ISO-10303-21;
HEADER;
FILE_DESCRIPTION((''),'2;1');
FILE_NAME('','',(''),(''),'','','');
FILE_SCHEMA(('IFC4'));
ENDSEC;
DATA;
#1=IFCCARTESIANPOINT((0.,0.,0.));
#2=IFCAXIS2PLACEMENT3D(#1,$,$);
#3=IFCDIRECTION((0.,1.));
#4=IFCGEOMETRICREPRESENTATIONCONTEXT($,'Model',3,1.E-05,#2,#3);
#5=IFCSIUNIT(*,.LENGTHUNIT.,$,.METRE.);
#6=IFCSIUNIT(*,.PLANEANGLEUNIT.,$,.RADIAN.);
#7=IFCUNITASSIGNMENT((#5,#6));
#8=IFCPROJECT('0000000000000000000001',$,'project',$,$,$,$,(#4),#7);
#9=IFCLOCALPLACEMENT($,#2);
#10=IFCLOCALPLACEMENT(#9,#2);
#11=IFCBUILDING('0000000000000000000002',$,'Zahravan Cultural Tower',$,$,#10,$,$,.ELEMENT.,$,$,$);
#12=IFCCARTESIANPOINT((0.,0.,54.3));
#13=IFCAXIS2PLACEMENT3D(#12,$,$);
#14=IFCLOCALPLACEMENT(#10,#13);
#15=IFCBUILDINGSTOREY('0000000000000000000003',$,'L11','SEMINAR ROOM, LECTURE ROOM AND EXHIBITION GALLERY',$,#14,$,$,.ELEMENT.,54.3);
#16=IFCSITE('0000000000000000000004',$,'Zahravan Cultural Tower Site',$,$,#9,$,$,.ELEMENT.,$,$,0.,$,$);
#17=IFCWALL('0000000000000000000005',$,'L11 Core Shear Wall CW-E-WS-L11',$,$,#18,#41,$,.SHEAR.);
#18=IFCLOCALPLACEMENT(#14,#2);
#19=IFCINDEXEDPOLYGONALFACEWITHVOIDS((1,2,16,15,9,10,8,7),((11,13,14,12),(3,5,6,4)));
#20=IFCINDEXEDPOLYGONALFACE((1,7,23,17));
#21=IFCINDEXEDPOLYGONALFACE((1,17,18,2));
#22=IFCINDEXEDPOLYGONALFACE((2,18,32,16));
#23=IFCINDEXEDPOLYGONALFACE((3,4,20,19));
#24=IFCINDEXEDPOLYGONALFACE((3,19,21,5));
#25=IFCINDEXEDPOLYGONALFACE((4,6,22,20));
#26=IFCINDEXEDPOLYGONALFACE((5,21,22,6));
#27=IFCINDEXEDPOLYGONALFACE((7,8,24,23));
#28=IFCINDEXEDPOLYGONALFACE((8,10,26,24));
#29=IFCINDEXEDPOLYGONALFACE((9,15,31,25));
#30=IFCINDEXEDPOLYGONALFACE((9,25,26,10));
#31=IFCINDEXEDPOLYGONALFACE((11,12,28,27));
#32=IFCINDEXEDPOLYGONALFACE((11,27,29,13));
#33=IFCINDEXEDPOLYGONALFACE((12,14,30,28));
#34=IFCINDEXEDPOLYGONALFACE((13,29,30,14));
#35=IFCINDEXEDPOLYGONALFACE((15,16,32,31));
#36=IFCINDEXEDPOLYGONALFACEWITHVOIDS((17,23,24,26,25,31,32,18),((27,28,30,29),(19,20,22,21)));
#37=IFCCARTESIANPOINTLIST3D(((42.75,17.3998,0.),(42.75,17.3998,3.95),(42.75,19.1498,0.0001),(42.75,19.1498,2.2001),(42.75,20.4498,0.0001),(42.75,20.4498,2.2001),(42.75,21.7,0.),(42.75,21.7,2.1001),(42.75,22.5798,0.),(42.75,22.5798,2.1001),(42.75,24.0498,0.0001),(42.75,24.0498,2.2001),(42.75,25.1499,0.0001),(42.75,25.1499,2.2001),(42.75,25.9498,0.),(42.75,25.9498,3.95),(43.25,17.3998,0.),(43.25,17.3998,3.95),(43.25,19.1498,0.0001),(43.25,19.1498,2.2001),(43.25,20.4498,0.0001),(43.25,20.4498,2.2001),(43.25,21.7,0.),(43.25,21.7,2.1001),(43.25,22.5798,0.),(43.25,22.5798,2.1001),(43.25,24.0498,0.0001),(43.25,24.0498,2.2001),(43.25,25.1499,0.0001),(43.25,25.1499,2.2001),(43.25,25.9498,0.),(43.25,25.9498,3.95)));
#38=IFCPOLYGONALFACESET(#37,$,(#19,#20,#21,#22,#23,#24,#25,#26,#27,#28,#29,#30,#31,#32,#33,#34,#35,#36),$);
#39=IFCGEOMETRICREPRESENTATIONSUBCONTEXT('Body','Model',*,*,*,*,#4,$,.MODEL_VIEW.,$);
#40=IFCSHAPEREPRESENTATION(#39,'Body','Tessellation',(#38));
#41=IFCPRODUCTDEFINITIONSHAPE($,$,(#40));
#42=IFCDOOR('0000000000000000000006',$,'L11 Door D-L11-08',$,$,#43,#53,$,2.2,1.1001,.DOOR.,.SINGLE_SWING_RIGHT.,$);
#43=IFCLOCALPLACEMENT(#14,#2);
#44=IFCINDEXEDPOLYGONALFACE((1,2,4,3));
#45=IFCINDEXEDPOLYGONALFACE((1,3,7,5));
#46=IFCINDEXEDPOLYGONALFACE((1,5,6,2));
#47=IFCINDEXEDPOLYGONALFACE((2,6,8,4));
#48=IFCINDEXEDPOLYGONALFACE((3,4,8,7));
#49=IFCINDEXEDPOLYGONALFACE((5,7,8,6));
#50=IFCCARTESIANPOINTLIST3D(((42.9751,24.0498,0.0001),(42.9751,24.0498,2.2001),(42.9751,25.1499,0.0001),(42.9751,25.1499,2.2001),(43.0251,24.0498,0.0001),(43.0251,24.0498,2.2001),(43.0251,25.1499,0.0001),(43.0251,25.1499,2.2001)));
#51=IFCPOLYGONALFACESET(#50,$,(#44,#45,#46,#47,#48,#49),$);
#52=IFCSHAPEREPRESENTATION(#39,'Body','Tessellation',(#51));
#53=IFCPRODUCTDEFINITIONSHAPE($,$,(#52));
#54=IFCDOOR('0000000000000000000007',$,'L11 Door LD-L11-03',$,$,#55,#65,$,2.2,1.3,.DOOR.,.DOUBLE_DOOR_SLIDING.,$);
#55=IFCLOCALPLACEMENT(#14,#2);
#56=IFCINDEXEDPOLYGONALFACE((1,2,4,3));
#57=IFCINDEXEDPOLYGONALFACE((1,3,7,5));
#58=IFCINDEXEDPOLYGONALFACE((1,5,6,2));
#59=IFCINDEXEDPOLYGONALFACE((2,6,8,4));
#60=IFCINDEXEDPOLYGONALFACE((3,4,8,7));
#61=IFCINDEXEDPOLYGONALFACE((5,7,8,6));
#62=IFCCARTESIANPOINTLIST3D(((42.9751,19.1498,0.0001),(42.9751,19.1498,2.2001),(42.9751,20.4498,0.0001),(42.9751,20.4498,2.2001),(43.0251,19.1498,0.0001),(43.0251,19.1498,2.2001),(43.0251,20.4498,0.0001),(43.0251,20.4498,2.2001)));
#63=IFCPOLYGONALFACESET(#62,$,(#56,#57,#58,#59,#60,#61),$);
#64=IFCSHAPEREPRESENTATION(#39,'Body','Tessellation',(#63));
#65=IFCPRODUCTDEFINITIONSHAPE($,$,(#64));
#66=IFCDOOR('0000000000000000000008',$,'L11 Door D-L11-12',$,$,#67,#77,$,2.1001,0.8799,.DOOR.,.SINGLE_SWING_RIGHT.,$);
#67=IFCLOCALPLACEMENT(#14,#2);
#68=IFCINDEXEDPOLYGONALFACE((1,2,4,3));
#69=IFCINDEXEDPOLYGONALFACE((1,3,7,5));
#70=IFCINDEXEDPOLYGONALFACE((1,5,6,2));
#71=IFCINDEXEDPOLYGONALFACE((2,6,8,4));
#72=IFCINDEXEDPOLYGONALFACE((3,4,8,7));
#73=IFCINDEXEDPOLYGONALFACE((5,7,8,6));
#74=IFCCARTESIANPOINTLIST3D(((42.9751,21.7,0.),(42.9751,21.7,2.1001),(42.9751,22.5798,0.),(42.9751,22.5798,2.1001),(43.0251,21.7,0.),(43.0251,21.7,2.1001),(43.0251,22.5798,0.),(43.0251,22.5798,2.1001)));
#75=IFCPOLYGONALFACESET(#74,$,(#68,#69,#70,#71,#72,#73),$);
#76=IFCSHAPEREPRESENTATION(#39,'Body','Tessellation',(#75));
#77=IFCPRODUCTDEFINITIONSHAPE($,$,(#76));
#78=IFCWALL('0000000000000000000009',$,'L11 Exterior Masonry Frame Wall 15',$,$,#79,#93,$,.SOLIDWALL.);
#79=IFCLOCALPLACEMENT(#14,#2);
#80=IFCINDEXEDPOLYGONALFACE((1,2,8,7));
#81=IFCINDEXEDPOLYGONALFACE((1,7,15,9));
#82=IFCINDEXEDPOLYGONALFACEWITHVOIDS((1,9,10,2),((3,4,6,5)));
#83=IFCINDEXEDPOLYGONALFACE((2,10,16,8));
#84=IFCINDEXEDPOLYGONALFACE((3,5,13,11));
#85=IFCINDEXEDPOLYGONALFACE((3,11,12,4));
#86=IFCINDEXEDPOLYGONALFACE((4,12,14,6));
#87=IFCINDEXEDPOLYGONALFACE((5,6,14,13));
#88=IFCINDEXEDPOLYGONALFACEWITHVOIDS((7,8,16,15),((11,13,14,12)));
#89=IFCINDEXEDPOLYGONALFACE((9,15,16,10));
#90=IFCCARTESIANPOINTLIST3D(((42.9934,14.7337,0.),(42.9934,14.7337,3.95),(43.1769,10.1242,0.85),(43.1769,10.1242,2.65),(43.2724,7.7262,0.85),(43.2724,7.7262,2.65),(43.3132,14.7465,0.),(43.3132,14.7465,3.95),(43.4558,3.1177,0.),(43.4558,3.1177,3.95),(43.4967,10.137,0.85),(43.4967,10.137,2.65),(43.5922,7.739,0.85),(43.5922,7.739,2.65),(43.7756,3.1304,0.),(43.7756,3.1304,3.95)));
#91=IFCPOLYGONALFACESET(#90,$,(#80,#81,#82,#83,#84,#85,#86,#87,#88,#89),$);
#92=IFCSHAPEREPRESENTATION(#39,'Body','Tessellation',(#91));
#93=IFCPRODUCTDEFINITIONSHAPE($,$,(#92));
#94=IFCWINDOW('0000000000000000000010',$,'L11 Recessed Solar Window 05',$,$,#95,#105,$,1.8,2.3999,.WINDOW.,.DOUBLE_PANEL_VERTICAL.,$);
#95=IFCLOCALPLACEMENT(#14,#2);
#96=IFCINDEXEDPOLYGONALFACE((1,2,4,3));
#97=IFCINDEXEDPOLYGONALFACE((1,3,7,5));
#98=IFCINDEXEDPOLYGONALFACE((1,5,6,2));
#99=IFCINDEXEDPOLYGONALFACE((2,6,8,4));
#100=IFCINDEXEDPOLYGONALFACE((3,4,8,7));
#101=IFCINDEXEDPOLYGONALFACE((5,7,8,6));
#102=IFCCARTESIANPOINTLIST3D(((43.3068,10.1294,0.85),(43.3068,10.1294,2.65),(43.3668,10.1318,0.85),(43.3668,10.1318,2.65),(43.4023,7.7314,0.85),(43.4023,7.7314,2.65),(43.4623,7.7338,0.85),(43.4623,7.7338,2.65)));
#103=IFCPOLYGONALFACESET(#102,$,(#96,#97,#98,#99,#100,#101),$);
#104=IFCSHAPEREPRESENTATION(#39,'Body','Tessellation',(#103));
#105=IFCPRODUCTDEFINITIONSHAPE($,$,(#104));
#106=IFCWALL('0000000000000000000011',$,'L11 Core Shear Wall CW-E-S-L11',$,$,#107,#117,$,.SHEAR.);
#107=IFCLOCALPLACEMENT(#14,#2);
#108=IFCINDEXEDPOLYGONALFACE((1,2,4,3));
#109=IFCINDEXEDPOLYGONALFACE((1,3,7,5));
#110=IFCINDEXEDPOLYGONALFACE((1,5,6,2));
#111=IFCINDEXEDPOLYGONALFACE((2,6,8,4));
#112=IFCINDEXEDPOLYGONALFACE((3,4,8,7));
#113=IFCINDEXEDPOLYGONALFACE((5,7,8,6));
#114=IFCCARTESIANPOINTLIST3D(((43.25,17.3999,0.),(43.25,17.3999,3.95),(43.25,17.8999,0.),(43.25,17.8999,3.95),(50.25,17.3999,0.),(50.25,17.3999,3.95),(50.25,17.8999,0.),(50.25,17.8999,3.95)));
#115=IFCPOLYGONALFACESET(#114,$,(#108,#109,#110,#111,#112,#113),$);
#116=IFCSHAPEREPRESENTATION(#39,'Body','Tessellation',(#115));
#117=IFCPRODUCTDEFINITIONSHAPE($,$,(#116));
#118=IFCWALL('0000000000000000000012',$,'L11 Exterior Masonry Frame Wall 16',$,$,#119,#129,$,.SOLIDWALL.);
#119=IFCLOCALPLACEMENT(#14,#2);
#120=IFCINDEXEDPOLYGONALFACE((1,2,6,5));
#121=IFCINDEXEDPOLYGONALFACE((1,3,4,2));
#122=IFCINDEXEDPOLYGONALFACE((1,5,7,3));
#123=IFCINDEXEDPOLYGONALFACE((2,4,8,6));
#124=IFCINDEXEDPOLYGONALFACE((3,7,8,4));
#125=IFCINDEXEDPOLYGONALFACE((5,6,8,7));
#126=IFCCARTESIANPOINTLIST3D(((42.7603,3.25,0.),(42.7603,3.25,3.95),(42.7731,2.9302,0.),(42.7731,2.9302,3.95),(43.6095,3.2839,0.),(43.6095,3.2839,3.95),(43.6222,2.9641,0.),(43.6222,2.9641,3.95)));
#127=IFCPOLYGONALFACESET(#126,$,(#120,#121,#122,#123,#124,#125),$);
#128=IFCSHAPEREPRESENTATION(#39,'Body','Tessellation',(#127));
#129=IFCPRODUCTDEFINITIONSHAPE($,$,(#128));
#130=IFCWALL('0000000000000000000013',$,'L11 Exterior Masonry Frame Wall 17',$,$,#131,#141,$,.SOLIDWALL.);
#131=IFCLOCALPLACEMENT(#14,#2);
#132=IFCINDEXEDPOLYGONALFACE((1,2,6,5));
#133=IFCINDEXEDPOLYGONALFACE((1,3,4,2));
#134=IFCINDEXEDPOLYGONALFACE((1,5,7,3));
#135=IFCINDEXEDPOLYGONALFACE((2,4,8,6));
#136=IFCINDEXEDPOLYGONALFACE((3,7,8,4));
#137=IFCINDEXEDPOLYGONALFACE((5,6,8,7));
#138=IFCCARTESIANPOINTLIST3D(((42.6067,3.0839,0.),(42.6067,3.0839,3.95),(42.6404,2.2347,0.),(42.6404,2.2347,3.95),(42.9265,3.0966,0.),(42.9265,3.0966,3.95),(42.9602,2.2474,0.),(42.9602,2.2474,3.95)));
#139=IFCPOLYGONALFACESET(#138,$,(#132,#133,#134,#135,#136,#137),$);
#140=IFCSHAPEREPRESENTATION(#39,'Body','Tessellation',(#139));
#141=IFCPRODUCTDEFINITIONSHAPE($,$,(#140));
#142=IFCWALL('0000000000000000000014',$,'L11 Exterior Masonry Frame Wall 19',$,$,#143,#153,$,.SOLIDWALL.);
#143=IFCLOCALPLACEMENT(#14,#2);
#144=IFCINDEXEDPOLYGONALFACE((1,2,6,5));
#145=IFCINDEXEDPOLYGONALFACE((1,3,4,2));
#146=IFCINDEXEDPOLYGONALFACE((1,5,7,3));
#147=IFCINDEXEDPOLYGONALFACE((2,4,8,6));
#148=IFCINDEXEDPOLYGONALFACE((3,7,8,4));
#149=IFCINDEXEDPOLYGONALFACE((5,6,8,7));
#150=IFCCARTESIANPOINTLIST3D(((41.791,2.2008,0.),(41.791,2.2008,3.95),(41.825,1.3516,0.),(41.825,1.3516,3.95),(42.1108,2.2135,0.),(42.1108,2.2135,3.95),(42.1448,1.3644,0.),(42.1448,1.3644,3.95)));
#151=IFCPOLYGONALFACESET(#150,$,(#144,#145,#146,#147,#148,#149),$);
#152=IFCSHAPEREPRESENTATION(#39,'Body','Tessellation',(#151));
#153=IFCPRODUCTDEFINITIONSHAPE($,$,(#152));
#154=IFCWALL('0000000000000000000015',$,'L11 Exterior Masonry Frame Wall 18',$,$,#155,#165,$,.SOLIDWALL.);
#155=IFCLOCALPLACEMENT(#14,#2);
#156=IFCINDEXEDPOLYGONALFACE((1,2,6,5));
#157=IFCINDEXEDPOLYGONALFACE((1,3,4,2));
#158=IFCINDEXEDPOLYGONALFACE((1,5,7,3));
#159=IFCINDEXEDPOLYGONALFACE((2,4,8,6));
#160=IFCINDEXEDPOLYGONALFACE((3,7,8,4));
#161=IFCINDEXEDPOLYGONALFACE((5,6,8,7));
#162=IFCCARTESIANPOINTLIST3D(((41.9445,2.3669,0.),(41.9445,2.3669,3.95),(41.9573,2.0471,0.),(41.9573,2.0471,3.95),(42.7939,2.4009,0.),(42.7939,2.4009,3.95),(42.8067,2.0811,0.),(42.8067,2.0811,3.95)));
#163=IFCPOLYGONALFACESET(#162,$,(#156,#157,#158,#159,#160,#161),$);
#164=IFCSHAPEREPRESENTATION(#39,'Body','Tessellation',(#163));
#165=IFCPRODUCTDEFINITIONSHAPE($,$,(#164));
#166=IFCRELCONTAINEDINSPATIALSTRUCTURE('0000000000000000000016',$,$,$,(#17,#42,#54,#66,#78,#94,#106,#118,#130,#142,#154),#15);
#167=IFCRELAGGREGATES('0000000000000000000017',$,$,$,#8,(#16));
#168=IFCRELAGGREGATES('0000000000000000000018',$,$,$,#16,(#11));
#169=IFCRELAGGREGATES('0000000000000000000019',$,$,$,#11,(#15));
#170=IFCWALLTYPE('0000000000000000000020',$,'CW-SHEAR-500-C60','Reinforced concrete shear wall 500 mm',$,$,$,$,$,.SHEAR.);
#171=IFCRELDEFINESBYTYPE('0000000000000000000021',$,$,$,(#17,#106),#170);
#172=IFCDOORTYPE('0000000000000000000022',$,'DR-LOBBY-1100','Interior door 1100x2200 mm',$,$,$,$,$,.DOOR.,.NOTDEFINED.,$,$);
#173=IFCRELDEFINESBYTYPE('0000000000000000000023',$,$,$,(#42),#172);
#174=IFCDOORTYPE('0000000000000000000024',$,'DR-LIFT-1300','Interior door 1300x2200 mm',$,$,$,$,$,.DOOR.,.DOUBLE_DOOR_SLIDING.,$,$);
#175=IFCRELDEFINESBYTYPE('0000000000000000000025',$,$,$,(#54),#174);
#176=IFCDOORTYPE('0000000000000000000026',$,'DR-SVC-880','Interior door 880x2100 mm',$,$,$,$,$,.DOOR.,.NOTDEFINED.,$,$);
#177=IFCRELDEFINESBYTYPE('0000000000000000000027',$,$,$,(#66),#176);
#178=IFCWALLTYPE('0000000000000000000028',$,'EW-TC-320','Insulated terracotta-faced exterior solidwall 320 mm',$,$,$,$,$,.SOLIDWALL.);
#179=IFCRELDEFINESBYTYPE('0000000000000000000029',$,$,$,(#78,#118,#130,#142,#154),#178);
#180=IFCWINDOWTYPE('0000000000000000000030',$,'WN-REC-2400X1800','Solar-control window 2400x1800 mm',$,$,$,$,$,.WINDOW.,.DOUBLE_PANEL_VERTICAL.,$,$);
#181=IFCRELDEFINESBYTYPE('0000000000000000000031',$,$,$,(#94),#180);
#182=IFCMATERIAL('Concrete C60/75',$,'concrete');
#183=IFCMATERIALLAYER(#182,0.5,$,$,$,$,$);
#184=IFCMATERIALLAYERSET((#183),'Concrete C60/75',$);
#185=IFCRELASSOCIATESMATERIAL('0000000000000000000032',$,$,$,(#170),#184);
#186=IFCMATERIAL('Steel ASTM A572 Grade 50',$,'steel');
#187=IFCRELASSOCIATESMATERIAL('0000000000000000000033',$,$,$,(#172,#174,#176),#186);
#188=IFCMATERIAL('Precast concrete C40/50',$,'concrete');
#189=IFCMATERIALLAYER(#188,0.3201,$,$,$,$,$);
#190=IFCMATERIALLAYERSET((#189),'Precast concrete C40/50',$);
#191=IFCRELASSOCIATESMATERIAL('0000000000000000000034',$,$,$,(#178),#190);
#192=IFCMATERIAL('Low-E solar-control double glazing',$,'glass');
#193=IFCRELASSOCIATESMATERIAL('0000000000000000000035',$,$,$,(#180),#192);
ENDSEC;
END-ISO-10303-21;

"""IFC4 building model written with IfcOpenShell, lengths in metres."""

from ifc_helpers import new_model, si_unit, direction, frame, frame_2d, origin, place, context, subcontext, project, spatial, rectangle, extrude, source, transform, mapped, material, layer, layer_set, type_object, element, fill, save


model = new_model("IFC4")

# Units and contexts
model_context = context("Model", 3, precision=1e-05, world=origin(), true_north=direction((0.0, 1.0)))
body_context = subcontext(model_context, "Body", "Model", "MODEL_VIEW")
ifc_project = project(units=[si_unit("LENGTHUNIT", "METRE"), si_unit("PLANEANGLEUNIT", "RADIAN")], contexts=[model_context])

# Site, building, storey
site_placement = place(None, origin())
site = spatial("IfcSite", under=ifc_project, at=site_placement, Name="Zahravan Cultural Tower Site", CompositionType="ELEMENT", RefElevation=0.0)
building_placement = place(site_placement, origin())
building = spatial("IfcBuilding", under=site, at=building_placement, Name="Zahravan Cultural Tower", CompositionType="ELEMENT")
storey_placement = place(building_placement, frame((0.0, 0.0, 54.3)))
storey = spatial("IfcBuildingStorey", under=building, at=storey_placement, Name="L11", Description="SEMINAR ROOM, LECTURE ROOM AND EXHIBITION GALLERY", CompositionType="ELEMENT", Elevation=54.3)

# Shared definitions
ifc_material_1 = material(Name="Concrete C60/75", Category="concrete")
ifc_material_2 = material(Name="Steel ASTM A572 Grade 50", Category="steel")

# Wall, openings, doors
ifc_layer_1 = layer(ifc_material_1, 0.5)
ifc_layer_set_1 = layer_set([ifc_layer_1], Name="Concrete C60/75")
wall_type_1 = type_object("IfcWallType", Name="CW-SHEAR-500-C60", Description="Reinforced concrete shear wall 500 mm", PredefinedType="SHEAR", material=ifc_layer_set_1)
wall_1_placement = place(storey_placement, frame((43.0, 17.3999, 0.0), z_axis=(0.0, 0.0, 1.0), x_axis=(0.0, 1.0, 0.0)))
wall_1 = element("IfcWall", 1, at=wall_1_placement, inside=storey, type_object=wall_type_1, Name="L11 Core Shear Wall CW-E-WS-L11", PredefinedType="SHEAR", context=body_context, shape_type="SweptSolid", body=[
    extrude(rectangle(XDim=8.55, YDim=0.5, at=frame_2d((4.2749, 0.0))), origin(), (0.0, 0.0, 1.0), 3.95),
])
opening_1_placement = place(wall_1_placement, frame((6.6499, 0.0, 0.0)))
opening_1 = element("IfcOpeningElement", 2, at=opening_1_placement, cuts=wall_1, PredefinedType="OPENING", context=body_context, shape_type="SweptSolid", body=[
    extrude(rectangle(XDim=1.1001, YDim=2.2, at=frame_2d((0.55, 1.1001))), frame((0.0, 0.26, 0.0), z_axis=(0.0, -1.0, 0.0), x_axis=(1.0, 0.0, 0.0)), (0.0, 0.0, 1.0), 0.52),
])
opening_2_placement = place(wall_1_placement, frame((1.75, 0.0, 0.0)))
opening_2 = element("IfcOpeningElement", 3, at=opening_2_placement, cuts=wall_1, PredefinedType="OPENING", context=body_context, shape_type="SweptSolid", body=[
    extrude(rectangle(XDim=1.3, YDim=2.2, at=frame_2d((0.6499, 1.1001))), frame((0.0, 0.26, 0.0), z_axis=(0.0, -1.0, 0.0), x_axis=(1.0, 0.0, 0.0)), (0.0, 0.0, 1.0), 0.52),
])
opening_3_placement = place(wall_1_placement, frame((4.3, 0.0, 0.0)))
opening_3 = element("IfcOpeningElement", 4, at=opening_3_placement, cuts=wall_1, PredefinedType="OPENING", context=body_context, shape_type="SweptSolid", body=[
    extrude(rectangle(XDim=0.8799, YDim=2.1001, at=frame_2d((0.4399, 1.05))), frame((0.0, 0.26, 0.0), z_axis=(0.0, -1.0, 0.0), x_axis=(1.0, 0.0, 0.0)), (0.0, 0.0, 1.0), 0.52),
])
door_type_1 = type_object("IfcDoorType", Name="DR-LOBBY-1100", Description="Interior door 1100x2200 mm", OperationType="NOTDEFINED", PredefinedType="DOOR", material=ifc_material_2)
shared_shape_1 = source(origin(), body_context, "Body", "SweptSolid", [
    extrude(rectangle(XDim=1.1001, YDim=2.2, at=frame_2d((0.55, 1.1001))), frame((0.0, 0.0249, 0.0), z_axis=(0.0, -1.0, 0.0), x_axis=(1.0, 0.0, 0.0)), (0.0, 0.0, 1.0), 0.05),
])
door_1_placement = place(opening_1_placement, origin())
door_1 = element("IfcDoor", 5, at=door_1_placement, inside=storey, type_object=door_type_1, Name="L11 Door D-L11-08", OperationType="SINGLE_SWING_RIGHT", OverallHeight=2.2, OverallWidth=1.1001, PredefinedType="DOOR", context=body_context, shape_type="MappedRepresentation", body=[
    mapped(shared_shape_1, transform((0.0, 0.0, 0.0), x_axis=(1.0, 0.0, 0.0), y_axis=(0.0, 1.0, 0.0), z_axis=(0.0, 0.0, 1.0), scale=1.0)),
])
fill(opening_1, door_1)
door_type_2 = type_object("IfcDoorType", Name="DR-LIFT-1300", Description="Interior door 1300x2200 mm", OperationType="DOUBLE_DOOR_SLIDING", PredefinedType="DOOR", material=ifc_material_2)
shared_shape_2 = source(origin(), body_context, "Body", "SweptSolid", [
    extrude(rectangle(XDim=1.3, YDim=2.2, at=frame_2d((0.6499, 1.1001))), frame((0.0, 0.0249, 0.0), z_axis=(0.0, -1.0, 0.0), x_axis=(1.0, 0.0, 0.0)), (0.0, 0.0, 1.0), 0.05),
])
door_2_placement = place(opening_2_placement, origin())
door_2 = element("IfcDoor", 6, at=door_2_placement, inside=storey, type_object=door_type_2, Name="L11 Door LD-L11-03", OperationType="DOUBLE_DOOR_SLIDING", OverallHeight=2.2, OverallWidth=1.3, PredefinedType="DOOR", context=body_context, shape_type="MappedRepresentation", body=[
    mapped(shared_shape_2, transform((0.0, 0.0, 0.0), x_axis=(1.0, 0.0, 0.0), y_axis=(0.0, 1.0, 0.0), z_axis=(0.0, 0.0, 1.0), scale=1.0)),
])
fill(opening_2, door_2)
door_type_3 = type_object("IfcDoorType", Name="DR-SVC-880", Description="Interior door 880x2100 mm", OperationType="NOTDEFINED", PredefinedType="DOOR", material=ifc_material_2)
shared_shape_3 = source(origin(), body_context, "Body", "SweptSolid", [
    extrude(rectangle(XDim=0.8799, YDim=2.1001, at=frame_2d((0.4399, 1.05))), frame((0.0, 0.0249, 0.0), z_axis=(0.0, -1.0, 0.0), x_axis=(1.0, 0.0, 0.0)), (0.0, 0.0, 1.0), 0.05),
])
door_3_placement = place(opening_3_placement, origin())
door_3 = element("IfcDoor", 7, at=door_3_placement, inside=storey, type_object=door_type_3, Name="L11 Door D-L11-12", OperationType="SINGLE_SWING_RIGHT", OverallHeight=2.1001, OverallWidth=0.8799, PredefinedType="DOOR", context=body_context, shape_type="MappedRepresentation", body=[
    mapped(shared_shape_3, transform((0.0, 0.0, 0.0), x_axis=(1.0, 0.0, 0.0), y_axis=(0.0, 1.0, 0.0), z_axis=(0.0, 0.0, 1.0), scale=1.0)),
])
fill(opening_3, door_3)

# Wall, opening, window
ifc_material_3 = material(Name="Precast concrete C40/50", Category="concrete")
ifc_layer_2 = layer(ifc_material_3, 0.3201)
ifc_layer_set_2 = layer_set([ifc_layer_2], Name="Precast concrete C40/50")
wall_type_2 = type_object("IfcWallType", Name="EW-TC-320", Description="Insulated terracotta-faced exterior solidwall 320 mm", PredefinedType="SOLIDWALL", material=ifc_layer_set_2)
wall_2_placement = place(storey_placement, frame((43.1533, 14.74, 0.0), z_axis=(0.0, 0.0, 1.0), x_axis=(0.039776, -0.999209, 0.0)))
wall_2 = element("IfcWall", 8, at=wall_2_placement, inside=storey, type_object=wall_type_2, Name="L11 Exterior Masonry Frame Wall 15", PredefinedType="SOLIDWALL", context=body_context, shape_type="SweptSolid", body=[
    extrude(rectangle(XDim=11.6252, YDim=0.3201, at=frame_2d((5.8125, 0.0))), origin(), (0.0, 0.0, 1.0), 3.95),
])
opening_4_placement = place(wall_2_placement, frame((4.613, 0.0, 0.8501)))
opening_4 = element("IfcOpeningElement", 9, at=opening_4_placement, cuts=wall_2, PredefinedType="OPENING", context=body_context, shape_type="SweptSolid", body=[
    extrude(rectangle(XDim=2.3999, YDim=1.8, at=frame_2d((1.2, 0.8999))), frame((0.0, 0.1699, 0.0), z_axis=(0.0, -1.0, 0.0), x_axis=(1.0, 0.0, 0.0)), (0.0, 0.0, 1.0), 0.3401),
])
ifc_material_4 = material(Name="Low-E solar-control double glazing", Category="glass")
window_type = type_object("IfcWindowType", Name="WN-REC-2400X1800", Description="Solar-control window 2400x1800 mm", PartitioningType="DOUBLE_PANEL_VERTICAL", PredefinedType="WINDOW", material=ifc_material_4)
shared_shape_4 = source(origin(), body_context, "Body", "SweptSolid", [
    extrude(rectangle(XDim=2.3999, YDim=1.8, at=frame_2d((1.2, 0.8999))), frame((0.0, 0.03, 0.0), z_axis=(0.0, -1.0, 0.0), x_axis=(1.0, 0.0, 0.0)), (0.0, 0.0, 1.0), 0.0601),
])
window_placement = place(opening_4_placement, origin())
window = element("IfcWindow", 10, at=window_placement, inside=storey, type_object=window_type, Name="L11 Recessed Solar Window 05", OverallHeight=1.8, OverallWidth=2.3999, PartitioningType="DOUBLE_PANEL_VERTICAL", PredefinedType="WINDOW", context=body_context, shape_type="MappedRepresentation", body=[
    mapped(shared_shape_4, transform((0.0, 0.0, 0.0), x_axis=(1.0, 0.0, 0.0), y_axis=(0.0, 1.0, 0.0), z_axis=(0.0, 0.0, 1.0), scale=1.0)),
])
fill(opening_4, window)

# Walls
shared_shape_5 = source(origin(), body_context, "Body", "SweptSolid", [
    extrude(rectangle(XDim=7.0, YDim=0.5, at=frame_2d((3.5, 0.0))), origin(), (0.0, 0.0, 1.0), 3.95),
])
wall_3_placement = place(storey_placement, frame((43.25, 17.6499, 0.0), z_axis=(0.0, 0.0, 1.0), x_axis=(1.0, 0.0, 0.0)))
element("IfcWall", 11, at=wall_3_placement, inside=storey, type_object=wall_type_1, Name="L11 Core Shear Wall CW-E-S-L11", PredefinedType="SHEAR", context=body_context, shape_type="MappedRepresentation", body=[
    mapped(shared_shape_5, transform((0.0, 0.0, 0.0), x_axis=(1.0, 0.0, 0.0), y_axis=(0.0, 1.0, 0.0), z_axis=(0.0, 0.0, 1.0), scale=1.0)),
])
shared_shape_6 = source(origin(), body_context, "Body", "SweptSolid", [
    extrude(rectangle(XDim=0.8499, YDim=0.3201, at=frame_2d((0.4248, 0.0))), origin(), (0.0, 0.0, 1.0), 3.95),
])
for number, where, z_axis, x_axis, name in (
    (12, (43.6157, 3.124, 0.0), (0.0, 0.0, 1.0), (-0.999202, -0.039934, 0.0), "L11 Exterior Masonry Frame Wall 16"),
    (13, (42.7666, 3.0901, 0.0), (0.0, 0.0, 1.0), (0.039647, -0.999214, 0.0), "L11 Exterior Masonry Frame Wall 17"),
    (14, (41.9509, 2.207, 0.0), (0.0, 0.0, 1.0), (0.039934, -0.999202, 0.0), "L11 Exterior Masonry Frame Wall 19"),
):
    element("IfcWall", number, at=place(storey_placement, frame(where, z_axis=z_axis, x_axis=x_axis)), inside=storey, type_object=wall_type_2, Name=name, PredefinedType="SOLIDWALL", context=body_context, shape_type="MappedRepresentation", body=[
        mapped(shared_shape_6, transform((0.0, 0.0, 0.0), x_axis=(1.0, 0.0, 0.0), y_axis=(0.0, 1.0, 0.0), z_axis=(0.0, 0.0, 1.0), scale=1.0)),
    ])
shared_shape_7 = source(origin(), body_context, "Body", "SweptSolid", [
    extrude(rectangle(XDim=0.8501, YDim=0.3201, at=frame_2d((0.425, 0.0))), origin(), (0.0, 0.0, 1.0), 3.95),
])
wall_4_placement = place(storey_placement, frame((42.8003, 2.241, 0.0), z_axis=(0.0, 0.0, 1.0), x_axis=(-0.999203, -0.039922, 0.0)))
element("IfcWall", 15, at=wall_4_placement, inside=storey, type_object=wall_type_2, Name="L11 Exterior Masonry Frame Wall 18", PredefinedType="SOLIDWALL", context=body_context, shape_type="MappedRepresentation", body=[
    mapped(shared_shape_7, transform((0.0, 0.0, 0.0), x_axis=(1.0, 0.0, 0.0), y_axis=(0.0, 1.0, 0.0), z_axis=(0.0, 0.0, 1.0), scale=1.0)),
])

save(model, "model.ifc")
